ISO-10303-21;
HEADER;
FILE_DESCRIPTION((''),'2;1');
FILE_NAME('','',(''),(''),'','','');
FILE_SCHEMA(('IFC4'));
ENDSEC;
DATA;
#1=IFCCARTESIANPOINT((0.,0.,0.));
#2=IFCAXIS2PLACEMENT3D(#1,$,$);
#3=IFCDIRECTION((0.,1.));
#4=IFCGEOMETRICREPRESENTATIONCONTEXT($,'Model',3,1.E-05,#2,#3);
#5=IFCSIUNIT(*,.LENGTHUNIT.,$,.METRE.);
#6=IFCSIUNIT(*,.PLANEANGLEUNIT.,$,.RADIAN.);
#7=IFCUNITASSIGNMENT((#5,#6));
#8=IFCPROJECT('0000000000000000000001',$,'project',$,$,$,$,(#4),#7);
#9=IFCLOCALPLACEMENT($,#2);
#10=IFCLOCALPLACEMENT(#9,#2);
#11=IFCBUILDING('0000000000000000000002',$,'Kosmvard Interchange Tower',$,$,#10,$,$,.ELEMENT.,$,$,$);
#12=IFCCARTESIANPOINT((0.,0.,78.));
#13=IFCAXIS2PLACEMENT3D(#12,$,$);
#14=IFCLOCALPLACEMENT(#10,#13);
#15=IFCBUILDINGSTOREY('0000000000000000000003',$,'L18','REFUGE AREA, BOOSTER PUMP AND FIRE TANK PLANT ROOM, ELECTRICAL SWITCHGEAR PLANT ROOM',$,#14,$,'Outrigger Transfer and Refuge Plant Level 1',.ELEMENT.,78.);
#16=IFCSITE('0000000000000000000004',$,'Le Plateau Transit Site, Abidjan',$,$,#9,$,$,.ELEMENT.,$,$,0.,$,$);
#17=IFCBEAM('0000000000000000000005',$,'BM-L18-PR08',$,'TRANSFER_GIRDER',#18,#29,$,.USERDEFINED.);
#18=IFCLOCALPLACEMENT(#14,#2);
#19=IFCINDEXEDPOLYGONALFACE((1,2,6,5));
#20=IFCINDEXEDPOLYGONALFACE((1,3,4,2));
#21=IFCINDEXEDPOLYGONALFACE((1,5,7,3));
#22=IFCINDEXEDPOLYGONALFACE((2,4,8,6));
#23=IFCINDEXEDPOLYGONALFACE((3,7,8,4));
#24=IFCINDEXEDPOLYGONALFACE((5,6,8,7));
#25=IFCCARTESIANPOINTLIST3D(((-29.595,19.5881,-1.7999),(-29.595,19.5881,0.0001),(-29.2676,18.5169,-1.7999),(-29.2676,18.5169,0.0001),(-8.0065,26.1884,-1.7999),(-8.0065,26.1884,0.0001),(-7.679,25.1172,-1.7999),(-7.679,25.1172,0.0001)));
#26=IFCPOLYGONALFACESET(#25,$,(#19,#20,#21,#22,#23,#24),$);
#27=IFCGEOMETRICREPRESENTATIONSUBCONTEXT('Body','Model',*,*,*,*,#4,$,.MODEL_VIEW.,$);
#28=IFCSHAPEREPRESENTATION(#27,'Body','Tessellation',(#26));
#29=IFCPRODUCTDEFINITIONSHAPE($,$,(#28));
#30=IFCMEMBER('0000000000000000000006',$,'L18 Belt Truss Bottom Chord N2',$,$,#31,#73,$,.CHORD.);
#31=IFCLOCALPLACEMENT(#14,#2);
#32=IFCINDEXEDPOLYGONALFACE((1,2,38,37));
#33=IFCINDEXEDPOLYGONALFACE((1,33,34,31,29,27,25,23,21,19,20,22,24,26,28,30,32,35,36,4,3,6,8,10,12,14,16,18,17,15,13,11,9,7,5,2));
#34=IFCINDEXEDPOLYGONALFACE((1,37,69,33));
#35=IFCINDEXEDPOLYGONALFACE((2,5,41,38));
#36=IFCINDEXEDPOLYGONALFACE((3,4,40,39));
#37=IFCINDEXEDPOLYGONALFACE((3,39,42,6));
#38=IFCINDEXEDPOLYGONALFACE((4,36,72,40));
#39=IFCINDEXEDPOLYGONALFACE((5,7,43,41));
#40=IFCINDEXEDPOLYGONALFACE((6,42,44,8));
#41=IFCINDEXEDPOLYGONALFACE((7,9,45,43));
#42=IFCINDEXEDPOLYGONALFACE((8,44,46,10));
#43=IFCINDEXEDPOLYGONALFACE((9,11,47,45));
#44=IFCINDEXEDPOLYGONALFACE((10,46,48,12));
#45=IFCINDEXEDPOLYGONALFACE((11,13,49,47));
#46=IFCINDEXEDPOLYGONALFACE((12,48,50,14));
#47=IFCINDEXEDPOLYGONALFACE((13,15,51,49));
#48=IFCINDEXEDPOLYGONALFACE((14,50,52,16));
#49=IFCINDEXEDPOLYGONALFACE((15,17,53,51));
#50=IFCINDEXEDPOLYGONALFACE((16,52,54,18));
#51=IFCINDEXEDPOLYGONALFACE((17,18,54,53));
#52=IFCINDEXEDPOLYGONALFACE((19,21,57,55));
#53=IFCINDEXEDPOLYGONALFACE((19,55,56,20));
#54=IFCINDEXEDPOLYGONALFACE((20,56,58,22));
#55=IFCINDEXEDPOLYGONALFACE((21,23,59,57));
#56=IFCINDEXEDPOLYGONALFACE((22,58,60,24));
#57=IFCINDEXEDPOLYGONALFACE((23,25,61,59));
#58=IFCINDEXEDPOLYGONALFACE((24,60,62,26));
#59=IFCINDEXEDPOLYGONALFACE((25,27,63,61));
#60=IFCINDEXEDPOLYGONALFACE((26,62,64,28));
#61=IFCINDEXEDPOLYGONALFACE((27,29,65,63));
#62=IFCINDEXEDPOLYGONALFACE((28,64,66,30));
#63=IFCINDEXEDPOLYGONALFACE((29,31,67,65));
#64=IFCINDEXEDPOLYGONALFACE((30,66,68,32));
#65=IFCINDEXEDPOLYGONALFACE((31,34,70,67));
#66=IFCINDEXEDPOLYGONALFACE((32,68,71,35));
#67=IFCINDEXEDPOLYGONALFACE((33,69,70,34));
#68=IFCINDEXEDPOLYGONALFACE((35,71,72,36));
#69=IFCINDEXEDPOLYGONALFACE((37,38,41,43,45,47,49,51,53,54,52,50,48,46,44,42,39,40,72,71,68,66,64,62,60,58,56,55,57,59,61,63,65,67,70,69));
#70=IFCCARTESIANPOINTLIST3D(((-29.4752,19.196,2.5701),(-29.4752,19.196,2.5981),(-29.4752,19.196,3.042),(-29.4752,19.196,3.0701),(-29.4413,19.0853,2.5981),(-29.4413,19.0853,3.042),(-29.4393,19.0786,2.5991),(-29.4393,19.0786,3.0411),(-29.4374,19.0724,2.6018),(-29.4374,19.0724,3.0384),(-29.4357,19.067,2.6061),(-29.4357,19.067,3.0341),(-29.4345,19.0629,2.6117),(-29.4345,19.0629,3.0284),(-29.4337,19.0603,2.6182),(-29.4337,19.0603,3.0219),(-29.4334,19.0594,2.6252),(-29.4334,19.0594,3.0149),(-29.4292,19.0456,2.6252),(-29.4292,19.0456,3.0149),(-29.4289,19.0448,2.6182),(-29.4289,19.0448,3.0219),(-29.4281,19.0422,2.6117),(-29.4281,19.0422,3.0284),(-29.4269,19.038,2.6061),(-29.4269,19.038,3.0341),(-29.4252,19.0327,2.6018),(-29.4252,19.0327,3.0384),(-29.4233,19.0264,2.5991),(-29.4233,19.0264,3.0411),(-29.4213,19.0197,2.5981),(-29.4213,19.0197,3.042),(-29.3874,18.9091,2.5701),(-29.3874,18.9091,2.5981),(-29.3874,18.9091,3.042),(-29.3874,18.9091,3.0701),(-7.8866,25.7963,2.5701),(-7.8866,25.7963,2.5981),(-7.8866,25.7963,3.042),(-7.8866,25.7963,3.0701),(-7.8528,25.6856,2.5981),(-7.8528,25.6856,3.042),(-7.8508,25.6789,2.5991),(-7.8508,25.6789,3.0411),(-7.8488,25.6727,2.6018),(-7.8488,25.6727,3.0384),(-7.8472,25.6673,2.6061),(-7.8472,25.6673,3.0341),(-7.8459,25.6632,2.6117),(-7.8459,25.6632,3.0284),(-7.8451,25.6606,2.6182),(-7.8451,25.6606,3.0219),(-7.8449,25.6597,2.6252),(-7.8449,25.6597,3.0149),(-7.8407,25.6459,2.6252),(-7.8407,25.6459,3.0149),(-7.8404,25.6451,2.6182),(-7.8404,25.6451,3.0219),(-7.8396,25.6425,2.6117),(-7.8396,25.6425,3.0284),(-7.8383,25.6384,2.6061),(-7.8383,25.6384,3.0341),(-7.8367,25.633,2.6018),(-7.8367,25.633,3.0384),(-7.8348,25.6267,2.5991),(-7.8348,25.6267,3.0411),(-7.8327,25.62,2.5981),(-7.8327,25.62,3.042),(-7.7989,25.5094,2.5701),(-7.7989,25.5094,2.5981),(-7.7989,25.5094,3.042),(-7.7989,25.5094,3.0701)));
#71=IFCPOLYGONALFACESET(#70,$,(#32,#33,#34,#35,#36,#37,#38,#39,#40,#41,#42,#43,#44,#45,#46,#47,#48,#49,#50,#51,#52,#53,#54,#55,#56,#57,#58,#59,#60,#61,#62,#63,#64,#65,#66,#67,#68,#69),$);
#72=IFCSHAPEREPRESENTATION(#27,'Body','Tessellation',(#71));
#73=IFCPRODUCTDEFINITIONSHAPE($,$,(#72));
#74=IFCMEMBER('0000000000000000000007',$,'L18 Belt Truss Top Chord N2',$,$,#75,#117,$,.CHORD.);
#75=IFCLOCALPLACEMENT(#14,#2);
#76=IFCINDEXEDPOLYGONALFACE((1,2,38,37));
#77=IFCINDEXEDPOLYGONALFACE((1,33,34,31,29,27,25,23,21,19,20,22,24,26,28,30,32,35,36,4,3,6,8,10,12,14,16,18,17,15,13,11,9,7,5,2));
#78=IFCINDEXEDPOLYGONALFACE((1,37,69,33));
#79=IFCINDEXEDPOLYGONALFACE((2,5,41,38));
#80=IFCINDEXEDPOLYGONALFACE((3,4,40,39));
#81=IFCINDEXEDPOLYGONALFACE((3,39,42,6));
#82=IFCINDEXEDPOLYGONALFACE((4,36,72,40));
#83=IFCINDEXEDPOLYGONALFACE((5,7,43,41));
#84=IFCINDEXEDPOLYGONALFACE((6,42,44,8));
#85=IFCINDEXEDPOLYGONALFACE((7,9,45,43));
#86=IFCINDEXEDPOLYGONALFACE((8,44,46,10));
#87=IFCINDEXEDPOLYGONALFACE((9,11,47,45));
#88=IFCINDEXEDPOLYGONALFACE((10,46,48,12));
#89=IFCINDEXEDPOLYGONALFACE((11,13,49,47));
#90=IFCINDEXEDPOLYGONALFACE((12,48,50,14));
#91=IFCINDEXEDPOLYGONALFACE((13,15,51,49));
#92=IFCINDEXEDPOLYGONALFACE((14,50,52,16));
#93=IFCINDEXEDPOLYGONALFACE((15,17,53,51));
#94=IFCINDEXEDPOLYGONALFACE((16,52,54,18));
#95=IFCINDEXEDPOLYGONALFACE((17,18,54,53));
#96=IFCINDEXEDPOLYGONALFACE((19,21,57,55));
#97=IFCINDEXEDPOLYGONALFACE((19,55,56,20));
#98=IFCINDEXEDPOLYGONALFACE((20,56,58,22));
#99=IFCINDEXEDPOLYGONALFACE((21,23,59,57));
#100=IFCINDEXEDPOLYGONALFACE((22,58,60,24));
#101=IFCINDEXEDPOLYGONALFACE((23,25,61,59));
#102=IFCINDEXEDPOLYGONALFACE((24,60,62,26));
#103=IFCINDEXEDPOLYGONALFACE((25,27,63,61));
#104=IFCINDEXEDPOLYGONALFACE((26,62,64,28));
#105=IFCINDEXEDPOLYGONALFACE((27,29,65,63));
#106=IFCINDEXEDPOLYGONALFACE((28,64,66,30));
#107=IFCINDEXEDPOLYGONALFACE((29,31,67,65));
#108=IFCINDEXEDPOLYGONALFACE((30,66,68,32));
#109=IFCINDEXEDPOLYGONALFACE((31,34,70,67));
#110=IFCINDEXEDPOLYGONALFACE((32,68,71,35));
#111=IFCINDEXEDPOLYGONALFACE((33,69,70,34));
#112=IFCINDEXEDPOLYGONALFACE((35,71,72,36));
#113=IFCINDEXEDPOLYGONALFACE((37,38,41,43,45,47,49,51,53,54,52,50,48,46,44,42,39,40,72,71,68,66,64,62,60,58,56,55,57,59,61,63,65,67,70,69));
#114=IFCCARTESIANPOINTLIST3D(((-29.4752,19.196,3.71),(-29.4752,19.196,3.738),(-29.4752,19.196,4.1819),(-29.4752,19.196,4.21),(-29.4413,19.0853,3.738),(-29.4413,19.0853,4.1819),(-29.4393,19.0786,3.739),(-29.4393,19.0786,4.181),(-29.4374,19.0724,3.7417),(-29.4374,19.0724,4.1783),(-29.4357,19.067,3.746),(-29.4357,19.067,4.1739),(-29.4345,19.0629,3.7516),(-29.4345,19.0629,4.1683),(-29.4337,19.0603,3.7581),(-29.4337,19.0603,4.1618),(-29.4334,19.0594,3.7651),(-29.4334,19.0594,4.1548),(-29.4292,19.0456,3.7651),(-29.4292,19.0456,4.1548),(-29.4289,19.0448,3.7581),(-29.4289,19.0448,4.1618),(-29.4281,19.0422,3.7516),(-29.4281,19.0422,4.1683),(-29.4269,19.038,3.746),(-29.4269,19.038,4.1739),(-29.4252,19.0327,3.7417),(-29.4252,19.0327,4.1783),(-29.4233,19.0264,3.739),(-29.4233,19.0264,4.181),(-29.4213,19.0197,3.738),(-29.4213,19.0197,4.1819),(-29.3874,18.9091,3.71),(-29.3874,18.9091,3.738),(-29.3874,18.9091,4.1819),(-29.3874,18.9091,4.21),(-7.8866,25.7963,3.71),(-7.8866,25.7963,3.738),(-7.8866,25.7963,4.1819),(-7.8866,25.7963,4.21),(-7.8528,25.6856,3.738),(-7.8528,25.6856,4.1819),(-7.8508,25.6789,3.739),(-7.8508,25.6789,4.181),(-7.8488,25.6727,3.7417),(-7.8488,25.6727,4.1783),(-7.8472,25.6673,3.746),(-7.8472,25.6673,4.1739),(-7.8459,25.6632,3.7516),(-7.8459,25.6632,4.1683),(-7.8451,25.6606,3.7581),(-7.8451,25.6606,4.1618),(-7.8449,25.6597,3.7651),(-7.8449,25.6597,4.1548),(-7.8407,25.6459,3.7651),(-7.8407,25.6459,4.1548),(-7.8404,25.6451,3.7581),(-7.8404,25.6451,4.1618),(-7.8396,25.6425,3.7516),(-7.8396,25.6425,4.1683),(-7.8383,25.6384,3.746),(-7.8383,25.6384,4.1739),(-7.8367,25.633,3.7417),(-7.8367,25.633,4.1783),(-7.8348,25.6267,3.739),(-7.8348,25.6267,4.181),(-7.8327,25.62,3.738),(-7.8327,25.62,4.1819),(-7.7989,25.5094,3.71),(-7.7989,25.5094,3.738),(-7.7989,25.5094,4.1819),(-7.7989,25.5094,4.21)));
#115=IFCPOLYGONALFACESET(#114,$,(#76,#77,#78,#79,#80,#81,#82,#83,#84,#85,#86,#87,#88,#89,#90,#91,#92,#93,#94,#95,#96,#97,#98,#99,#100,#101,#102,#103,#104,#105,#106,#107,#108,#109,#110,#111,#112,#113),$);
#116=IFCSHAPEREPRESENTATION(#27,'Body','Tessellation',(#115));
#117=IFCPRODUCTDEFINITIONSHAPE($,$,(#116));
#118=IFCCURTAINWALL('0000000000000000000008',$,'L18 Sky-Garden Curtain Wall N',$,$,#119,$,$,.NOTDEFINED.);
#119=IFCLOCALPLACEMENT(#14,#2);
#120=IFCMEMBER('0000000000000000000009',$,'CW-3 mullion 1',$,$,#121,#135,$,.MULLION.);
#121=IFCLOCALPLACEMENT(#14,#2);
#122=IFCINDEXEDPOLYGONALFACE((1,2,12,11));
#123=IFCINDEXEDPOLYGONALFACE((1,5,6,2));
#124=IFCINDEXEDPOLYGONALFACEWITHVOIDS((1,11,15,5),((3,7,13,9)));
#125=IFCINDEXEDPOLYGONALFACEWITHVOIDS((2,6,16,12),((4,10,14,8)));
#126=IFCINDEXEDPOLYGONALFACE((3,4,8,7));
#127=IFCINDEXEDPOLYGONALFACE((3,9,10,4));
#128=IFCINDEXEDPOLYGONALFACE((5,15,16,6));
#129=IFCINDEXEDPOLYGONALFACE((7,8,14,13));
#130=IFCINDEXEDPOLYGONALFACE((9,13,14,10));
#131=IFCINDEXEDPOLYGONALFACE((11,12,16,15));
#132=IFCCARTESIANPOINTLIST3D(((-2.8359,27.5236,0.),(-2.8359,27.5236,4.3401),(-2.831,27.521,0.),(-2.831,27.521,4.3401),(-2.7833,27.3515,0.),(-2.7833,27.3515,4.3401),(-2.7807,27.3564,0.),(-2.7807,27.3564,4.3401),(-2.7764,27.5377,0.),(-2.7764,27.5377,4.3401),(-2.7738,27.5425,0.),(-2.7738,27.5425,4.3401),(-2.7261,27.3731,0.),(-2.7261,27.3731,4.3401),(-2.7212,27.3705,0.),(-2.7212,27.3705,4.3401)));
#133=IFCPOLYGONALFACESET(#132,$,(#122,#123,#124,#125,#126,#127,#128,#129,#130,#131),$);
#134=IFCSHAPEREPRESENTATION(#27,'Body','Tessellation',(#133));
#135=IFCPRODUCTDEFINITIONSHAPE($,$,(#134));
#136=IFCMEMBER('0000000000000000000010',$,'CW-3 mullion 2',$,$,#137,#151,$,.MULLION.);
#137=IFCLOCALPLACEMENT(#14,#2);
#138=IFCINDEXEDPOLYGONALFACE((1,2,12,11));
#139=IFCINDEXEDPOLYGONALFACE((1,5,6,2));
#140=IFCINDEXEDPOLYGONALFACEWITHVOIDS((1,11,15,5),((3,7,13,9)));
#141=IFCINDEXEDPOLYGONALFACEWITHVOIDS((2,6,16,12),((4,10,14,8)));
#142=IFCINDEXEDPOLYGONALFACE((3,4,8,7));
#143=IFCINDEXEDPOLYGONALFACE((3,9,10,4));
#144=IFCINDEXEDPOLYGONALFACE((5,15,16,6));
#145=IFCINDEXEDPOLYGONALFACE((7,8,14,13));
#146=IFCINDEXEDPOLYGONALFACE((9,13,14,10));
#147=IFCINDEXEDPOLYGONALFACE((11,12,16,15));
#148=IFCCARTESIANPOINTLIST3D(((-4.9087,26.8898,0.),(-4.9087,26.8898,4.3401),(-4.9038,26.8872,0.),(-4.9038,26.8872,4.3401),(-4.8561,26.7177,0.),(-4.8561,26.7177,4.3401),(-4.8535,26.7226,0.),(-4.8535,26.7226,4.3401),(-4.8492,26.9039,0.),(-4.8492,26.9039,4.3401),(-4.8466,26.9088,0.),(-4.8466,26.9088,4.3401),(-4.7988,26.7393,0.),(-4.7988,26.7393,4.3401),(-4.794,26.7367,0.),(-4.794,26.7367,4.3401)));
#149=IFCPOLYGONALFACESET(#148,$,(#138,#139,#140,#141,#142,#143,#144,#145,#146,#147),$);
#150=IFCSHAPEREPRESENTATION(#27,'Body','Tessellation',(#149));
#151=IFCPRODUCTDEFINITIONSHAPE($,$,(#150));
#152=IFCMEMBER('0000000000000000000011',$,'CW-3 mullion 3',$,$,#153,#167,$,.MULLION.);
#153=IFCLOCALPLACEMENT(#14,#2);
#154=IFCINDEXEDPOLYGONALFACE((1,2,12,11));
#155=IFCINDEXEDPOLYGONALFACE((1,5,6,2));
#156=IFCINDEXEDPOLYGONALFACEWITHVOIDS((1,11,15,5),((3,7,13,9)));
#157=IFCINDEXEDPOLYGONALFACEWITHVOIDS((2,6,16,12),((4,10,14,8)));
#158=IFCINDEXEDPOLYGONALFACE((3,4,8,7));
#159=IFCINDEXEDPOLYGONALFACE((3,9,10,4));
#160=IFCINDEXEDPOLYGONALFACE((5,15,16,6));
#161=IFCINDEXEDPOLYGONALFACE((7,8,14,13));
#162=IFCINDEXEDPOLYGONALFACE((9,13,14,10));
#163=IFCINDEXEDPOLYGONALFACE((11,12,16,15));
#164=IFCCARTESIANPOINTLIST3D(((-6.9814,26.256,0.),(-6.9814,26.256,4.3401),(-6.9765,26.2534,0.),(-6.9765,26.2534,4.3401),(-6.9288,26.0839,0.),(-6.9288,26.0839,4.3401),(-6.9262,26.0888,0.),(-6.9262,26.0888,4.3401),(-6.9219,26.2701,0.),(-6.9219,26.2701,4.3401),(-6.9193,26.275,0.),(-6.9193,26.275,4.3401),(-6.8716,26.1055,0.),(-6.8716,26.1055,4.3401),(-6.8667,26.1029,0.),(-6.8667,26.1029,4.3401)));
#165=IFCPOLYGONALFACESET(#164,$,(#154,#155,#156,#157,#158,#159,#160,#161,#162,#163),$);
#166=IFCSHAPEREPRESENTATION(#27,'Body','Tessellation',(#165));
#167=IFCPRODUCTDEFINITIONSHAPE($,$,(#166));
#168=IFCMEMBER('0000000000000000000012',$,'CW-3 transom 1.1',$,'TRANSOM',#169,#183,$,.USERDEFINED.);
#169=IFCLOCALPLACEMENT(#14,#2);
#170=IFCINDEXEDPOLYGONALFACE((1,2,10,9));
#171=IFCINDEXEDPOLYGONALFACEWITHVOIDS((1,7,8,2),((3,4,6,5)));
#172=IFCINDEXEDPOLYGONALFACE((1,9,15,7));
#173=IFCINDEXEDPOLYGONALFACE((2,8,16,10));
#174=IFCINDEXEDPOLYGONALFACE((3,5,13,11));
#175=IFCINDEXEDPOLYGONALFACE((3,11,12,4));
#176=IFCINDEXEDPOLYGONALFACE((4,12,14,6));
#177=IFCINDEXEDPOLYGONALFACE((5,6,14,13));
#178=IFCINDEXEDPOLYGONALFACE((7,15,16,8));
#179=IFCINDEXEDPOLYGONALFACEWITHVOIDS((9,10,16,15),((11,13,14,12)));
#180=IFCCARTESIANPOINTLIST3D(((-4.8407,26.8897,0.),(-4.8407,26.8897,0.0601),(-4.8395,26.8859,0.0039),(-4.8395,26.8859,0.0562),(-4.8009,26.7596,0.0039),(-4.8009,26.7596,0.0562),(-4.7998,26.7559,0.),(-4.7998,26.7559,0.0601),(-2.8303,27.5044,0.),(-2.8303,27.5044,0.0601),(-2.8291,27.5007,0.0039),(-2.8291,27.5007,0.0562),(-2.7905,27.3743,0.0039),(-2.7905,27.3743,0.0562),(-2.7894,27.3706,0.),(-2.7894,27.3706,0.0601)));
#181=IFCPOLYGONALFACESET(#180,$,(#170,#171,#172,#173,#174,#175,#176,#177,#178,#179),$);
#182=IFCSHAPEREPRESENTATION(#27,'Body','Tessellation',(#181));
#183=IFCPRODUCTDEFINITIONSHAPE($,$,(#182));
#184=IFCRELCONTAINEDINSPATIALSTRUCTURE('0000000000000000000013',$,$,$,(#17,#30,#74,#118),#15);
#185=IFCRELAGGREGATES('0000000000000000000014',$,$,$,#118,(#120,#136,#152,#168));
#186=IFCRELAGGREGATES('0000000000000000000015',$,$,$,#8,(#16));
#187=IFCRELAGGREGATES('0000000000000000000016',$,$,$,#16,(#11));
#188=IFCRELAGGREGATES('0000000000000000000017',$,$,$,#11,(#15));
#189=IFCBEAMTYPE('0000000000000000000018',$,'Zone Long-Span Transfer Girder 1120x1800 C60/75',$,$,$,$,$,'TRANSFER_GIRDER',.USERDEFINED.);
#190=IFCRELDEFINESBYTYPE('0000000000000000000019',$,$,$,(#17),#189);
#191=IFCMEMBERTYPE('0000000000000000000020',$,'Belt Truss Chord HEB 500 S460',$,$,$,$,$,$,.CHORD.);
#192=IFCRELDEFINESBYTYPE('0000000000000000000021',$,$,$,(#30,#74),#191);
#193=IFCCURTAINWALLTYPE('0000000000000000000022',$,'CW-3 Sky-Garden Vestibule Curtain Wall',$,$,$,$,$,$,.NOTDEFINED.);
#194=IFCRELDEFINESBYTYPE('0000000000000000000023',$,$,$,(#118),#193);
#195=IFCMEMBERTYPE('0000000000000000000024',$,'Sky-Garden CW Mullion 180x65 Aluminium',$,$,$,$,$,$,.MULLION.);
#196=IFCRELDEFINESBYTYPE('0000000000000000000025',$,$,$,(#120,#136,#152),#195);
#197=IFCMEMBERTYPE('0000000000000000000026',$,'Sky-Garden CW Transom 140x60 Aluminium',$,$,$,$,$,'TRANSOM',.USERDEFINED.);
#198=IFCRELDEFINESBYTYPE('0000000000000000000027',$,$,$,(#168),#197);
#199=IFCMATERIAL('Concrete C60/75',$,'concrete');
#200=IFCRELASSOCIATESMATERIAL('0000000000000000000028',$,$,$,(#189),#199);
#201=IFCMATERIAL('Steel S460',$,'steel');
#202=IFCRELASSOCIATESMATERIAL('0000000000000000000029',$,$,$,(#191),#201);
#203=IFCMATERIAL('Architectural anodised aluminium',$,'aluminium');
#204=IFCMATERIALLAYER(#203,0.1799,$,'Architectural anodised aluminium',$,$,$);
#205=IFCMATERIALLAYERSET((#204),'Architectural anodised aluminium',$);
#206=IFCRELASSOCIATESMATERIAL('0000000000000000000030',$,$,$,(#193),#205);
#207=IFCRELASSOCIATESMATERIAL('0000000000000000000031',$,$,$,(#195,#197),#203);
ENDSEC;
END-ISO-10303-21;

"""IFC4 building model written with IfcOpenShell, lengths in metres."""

from ifc_helpers import new_model, si_unit, direction, frame, origin, origin_2d, place, context, subcontext, project, spatial, rectangle, hollow_rectangle, i_section, extrude, source, transform, mapped, material, layer, layer_set, material_profile, profile_set, type_object, element, aggregate, save


model = new_model("IFC4")

# Units and contexts
model_context = context("Model", 3, precision=1e-05, world=origin(), true_north=direction((0.0, 1.0)))
body_context = subcontext(model_context, "Body", "Model", "MODEL_VIEW")
ifc_project = project(units=[si_unit("LENGTHUNIT", "METRE"), si_unit("PLANEANGLEUNIT", "RADIAN")], contexts=[model_context])

# Site, building, storey
site_placement = place(None, origin())
site = spatial("IfcSite", under=ifc_project, at=site_placement, Name="Le Plateau Transit Site, Abidjan", CompositionType="ELEMENT", RefElevation=0.0)
building_placement = place(site_placement, origin())
building = spatial("IfcBuilding", under=site, at=building_placement, Name="Kosmvard Interchange Tower", CompositionType="ELEMENT")
storey_placement = place(building_placement, frame((0.0, 0.0, 78.0)))
storey = spatial("IfcBuildingStorey", under=building, at=storey_placement, Name="L18", Description="REFUGE AREA, BOOSTER PUMP AND FIRE TANK PLANT ROOM, ELECTRICAL SWITCHGEAR PLANT ROOM", LongName="Outrigger Transfer and Refuge Plant Level 1", CompositionType="ELEMENT", Elevation=78.0)

# Beam
ifc_material_1 = material(Name="Concrete C60/75", Category="concrete")
ifc_material_profile_1 = material_profile(ifc_material_1, rectangle(XDim=1.1201, YDim=1.8, at=origin_2d()), Name="TG 1120x1800")
ifc_profile_set_1 = profile_set([ifc_material_profile_1], Name="Concrete C60/75")
beam_type = type_object("IfcBeamType", Name="Zone Long-Span Transfer Girder 1120x1800 C60/75", ElementType="TRANSFER_GIRDER", PredefinedType="USERDEFINED", material=ifc_profile_set_1)
shared_shape_1 = source(origin(), body_context, "Body", "SweptSolid", [
    extrude(rectangle(XDim=1.1201, YDim=1.8, at=origin_2d()), origin(), (0.0, 0.0, 1.0), 22.575),
])
beam_placement = place(storey_placement, frame((-7.8428, 25.6528, -0.8999), z_axis=(-0.956304, -0.292373, 0.0), x_axis=(0.292373, -0.956304, 0.0)))
element("IfcBeam", 1, at=beam_placement, inside=storey, type_object=beam_type, Name="BM-L18-PR08", ObjectType="TRANSFER_GIRDER", PredefinedType="USERDEFINED", context=body_context, shape_type="MappedRepresentation", body=[
    mapped(shared_shape_1, transform((0.0, 0.0, 0.0), scale=1.0)),
])

# Members
ifc_material_2 = material(Name="Steel S460", Category="steel")
ifc_material_profile_2 = material_profile(ifc_material_2, i_section(OverallWidth=0.3, OverallDepth=0.5, WebThickness=0.0144, FlangeThickness=0.0281, FilletRadius=0.0271, at=origin_2d()), Name="HEB 500")
ifc_profile_set_2 = profile_set([ifc_material_profile_2], Name="Steel S460")
member_type_1 = type_object("IfcMemberType", Name="Belt Truss Chord HEB 500 S460", PredefinedType="CHORD", material=ifc_profile_set_2)
shared_shape_2 = source(origin(), body_context, "Body", "SweptSolid", [
    extrude(i_section(OverallWidth=0.3, OverallDepth=0.5, WebThickness=0.0144, FlangeThickness=0.0281, FilletRadius=0.0271, at=origin_2d()), origin(), (0.0, 0.0, 1.0), 22.575),
])
for number, where, z_axis, x_axis, name in (
    (2, (-7.8428, 25.6528, 2.8201), (-0.956304, -0.292373, 0.0), (0.292373, -0.956304, 0.0), "L18 Belt Truss Bottom Chord N2"),
    (3, (-7.8428, 25.6528, 3.96), (-0.956304, -0.292373, 0.0), (0.292373, -0.956304, 0.0), "L18 Belt Truss Top Chord N2"),
):
    element("IfcMember", number, at=place(storey_placement, frame(where, z_axis=z_axis, x_axis=x_axis)), inside=storey, type_object=member_type_1, Name=name, PredefinedType="CHORD", context=body_context, shape_type="MappedRepresentation", body=[
        mapped(shared_shape_2, transform((0.0, 0.0, 0.0), scale=1.0)),
    ])

# Curtain wall, members
ifc_material_3 = material(Name="Architectural anodised aluminium", Category="aluminium")
ifc_layer_1 = layer(ifc_material_3, 0.1799, Name="Architectural anodised aluminium")
ifc_layer_set_1 = layer_set([ifc_layer_1], Name="Architectural anodised aluminium")
curtain_wall_type = type_object("IfcCurtainWallType", Name="CW-3 Sky-Garden Vestibule Curtain Wall", PredefinedType="NOTDEFINED", material=ifc_layer_set_1)
curtain_wall_placement = place(storey_placement, origin())
curtain_wall = element("IfcCurtainWall", 4, at=curtain_wall_placement, inside=storey, type_object=curtain_wall_type, Name="L18 Sky-Garden Curtain Wall N", PredefinedType="NOTDEFINED")
ifc_material_profile_3 = material_profile(ifc_material_3, hollow_rectangle(XDim=0.1799, YDim=0.0649, WallThickness=0.0039, at=origin_2d()), Name="CWM 180x65x4")
ifc_profile_set_3 = profile_set([ifc_material_profile_3], Name="Architectural anodised aluminium")
member_type_2 = type_object("IfcMemberType", Name="Sky-Garden CW Mullion 180x65 Aluminium", PredefinedType="MULLION", material=ifc_profile_set_3)
shared_shape_3 = source(origin(), body_context, "Body", "SweptSolid", [
    extrude(hollow_rectangle(XDim=0.1799, YDim=0.0649, WallThickness=0.0039, at=origin_2d()), origin(), (0.0, 0.0, 1.0), 4.3401),
])
member_1_placement = place(storey_placement, frame((-2.7786, 27.447, 0.0), z_axis=(0.0, 0.0, 1.0), x_axis=(0.292372, -0.956305, 0.0)))
member_1 = element("IfcMember", 5, at=member_1_placement, type_object=member_type_2, Name="CW-3 mullion 1", PredefinedType="MULLION", context=body_context, shape_type="MappedRepresentation", body=[
    mapped(shared_shape_3, transform((0.0, 0.0, 0.0), scale=1.0)),
])
member_2_placement = place(storey_placement, frame((-4.8513, 26.8132, 0.0), z_axis=(0.0, 0.0, 1.0), x_axis=(0.292372, -0.956305, 0.0)))
member_2 = element("IfcMember", 6, at=member_2_placement, type_object=member_type_2, Name="CW-3 mullion 2", PredefinedType="MULLION", context=body_context, shape_type="MappedRepresentation", body=[
    mapped(shared_shape_3, transform((0.0, 0.0, 0.0), scale=1.0)),
])
member_3_placement = place(storey_placement, frame((-6.9241, 26.1794, 0.0), z_axis=(0.0, 0.0, 1.0), x_axis=(0.292372, -0.956305, 0.0)))
member_3 = element("IfcMember", 7, at=member_3_placement, type_object=member_type_2, Name="CW-3 mullion 3", PredefinedType="MULLION", context=body_context, shape_type="MappedRepresentation", body=[
    mapped(shared_shape_3, transform((0.0, 0.0, 0.0), scale=1.0)),
])
ifc_material_profile_4 = material_profile(ifc_material_3, hollow_rectangle(XDim=0.1399, YDim=0.0601, WallThickness=0.0039, at=origin_2d()), Name="CWT 140x60x4")
ifc_profile_set_4 = profile_set([ifc_material_profile_4], Name="Architectural anodised aluminium")
member_type_3 = type_object("IfcMemberType", Name="Sky-Garden CW Transom 140x60 Aluminium", ElementType="TRANSOM", PredefinedType="USERDEFINED", material=ifc_profile_set_4)
shared_shape_4 = source(origin(), body_context, "Body", "SweptSolid", [
    extrude(hollow_rectangle(XDim=0.1399, YDim=0.0601, WallThickness=0.0039, at=origin_2d()), origin(), (0.0, 0.0, 1.0), 2.1023),
])
member_4_placement = place(storey_placement, frame((-2.8098, 27.4375, 0.03), z_axis=(-0.956295, -0.292404, 0.0), x_axis=(0.292404, -0.956295, 0.0)))
member_4 = element("IfcMember", 8, at=member_4_placement, type_object=member_type_3, Name="CW-3 transom 1.1", ObjectType="TRANSOM", PredefinedType="USERDEFINED", context=body_context, shape_type="MappedRepresentation", body=[
    mapped(shared_shape_4, transform((0.0, 0.0, 0.0), scale=1.0)),
])

aggregate(curtain_wall, [member_1, member_2, member_3, member_4])

save(model, "model.ifc")
